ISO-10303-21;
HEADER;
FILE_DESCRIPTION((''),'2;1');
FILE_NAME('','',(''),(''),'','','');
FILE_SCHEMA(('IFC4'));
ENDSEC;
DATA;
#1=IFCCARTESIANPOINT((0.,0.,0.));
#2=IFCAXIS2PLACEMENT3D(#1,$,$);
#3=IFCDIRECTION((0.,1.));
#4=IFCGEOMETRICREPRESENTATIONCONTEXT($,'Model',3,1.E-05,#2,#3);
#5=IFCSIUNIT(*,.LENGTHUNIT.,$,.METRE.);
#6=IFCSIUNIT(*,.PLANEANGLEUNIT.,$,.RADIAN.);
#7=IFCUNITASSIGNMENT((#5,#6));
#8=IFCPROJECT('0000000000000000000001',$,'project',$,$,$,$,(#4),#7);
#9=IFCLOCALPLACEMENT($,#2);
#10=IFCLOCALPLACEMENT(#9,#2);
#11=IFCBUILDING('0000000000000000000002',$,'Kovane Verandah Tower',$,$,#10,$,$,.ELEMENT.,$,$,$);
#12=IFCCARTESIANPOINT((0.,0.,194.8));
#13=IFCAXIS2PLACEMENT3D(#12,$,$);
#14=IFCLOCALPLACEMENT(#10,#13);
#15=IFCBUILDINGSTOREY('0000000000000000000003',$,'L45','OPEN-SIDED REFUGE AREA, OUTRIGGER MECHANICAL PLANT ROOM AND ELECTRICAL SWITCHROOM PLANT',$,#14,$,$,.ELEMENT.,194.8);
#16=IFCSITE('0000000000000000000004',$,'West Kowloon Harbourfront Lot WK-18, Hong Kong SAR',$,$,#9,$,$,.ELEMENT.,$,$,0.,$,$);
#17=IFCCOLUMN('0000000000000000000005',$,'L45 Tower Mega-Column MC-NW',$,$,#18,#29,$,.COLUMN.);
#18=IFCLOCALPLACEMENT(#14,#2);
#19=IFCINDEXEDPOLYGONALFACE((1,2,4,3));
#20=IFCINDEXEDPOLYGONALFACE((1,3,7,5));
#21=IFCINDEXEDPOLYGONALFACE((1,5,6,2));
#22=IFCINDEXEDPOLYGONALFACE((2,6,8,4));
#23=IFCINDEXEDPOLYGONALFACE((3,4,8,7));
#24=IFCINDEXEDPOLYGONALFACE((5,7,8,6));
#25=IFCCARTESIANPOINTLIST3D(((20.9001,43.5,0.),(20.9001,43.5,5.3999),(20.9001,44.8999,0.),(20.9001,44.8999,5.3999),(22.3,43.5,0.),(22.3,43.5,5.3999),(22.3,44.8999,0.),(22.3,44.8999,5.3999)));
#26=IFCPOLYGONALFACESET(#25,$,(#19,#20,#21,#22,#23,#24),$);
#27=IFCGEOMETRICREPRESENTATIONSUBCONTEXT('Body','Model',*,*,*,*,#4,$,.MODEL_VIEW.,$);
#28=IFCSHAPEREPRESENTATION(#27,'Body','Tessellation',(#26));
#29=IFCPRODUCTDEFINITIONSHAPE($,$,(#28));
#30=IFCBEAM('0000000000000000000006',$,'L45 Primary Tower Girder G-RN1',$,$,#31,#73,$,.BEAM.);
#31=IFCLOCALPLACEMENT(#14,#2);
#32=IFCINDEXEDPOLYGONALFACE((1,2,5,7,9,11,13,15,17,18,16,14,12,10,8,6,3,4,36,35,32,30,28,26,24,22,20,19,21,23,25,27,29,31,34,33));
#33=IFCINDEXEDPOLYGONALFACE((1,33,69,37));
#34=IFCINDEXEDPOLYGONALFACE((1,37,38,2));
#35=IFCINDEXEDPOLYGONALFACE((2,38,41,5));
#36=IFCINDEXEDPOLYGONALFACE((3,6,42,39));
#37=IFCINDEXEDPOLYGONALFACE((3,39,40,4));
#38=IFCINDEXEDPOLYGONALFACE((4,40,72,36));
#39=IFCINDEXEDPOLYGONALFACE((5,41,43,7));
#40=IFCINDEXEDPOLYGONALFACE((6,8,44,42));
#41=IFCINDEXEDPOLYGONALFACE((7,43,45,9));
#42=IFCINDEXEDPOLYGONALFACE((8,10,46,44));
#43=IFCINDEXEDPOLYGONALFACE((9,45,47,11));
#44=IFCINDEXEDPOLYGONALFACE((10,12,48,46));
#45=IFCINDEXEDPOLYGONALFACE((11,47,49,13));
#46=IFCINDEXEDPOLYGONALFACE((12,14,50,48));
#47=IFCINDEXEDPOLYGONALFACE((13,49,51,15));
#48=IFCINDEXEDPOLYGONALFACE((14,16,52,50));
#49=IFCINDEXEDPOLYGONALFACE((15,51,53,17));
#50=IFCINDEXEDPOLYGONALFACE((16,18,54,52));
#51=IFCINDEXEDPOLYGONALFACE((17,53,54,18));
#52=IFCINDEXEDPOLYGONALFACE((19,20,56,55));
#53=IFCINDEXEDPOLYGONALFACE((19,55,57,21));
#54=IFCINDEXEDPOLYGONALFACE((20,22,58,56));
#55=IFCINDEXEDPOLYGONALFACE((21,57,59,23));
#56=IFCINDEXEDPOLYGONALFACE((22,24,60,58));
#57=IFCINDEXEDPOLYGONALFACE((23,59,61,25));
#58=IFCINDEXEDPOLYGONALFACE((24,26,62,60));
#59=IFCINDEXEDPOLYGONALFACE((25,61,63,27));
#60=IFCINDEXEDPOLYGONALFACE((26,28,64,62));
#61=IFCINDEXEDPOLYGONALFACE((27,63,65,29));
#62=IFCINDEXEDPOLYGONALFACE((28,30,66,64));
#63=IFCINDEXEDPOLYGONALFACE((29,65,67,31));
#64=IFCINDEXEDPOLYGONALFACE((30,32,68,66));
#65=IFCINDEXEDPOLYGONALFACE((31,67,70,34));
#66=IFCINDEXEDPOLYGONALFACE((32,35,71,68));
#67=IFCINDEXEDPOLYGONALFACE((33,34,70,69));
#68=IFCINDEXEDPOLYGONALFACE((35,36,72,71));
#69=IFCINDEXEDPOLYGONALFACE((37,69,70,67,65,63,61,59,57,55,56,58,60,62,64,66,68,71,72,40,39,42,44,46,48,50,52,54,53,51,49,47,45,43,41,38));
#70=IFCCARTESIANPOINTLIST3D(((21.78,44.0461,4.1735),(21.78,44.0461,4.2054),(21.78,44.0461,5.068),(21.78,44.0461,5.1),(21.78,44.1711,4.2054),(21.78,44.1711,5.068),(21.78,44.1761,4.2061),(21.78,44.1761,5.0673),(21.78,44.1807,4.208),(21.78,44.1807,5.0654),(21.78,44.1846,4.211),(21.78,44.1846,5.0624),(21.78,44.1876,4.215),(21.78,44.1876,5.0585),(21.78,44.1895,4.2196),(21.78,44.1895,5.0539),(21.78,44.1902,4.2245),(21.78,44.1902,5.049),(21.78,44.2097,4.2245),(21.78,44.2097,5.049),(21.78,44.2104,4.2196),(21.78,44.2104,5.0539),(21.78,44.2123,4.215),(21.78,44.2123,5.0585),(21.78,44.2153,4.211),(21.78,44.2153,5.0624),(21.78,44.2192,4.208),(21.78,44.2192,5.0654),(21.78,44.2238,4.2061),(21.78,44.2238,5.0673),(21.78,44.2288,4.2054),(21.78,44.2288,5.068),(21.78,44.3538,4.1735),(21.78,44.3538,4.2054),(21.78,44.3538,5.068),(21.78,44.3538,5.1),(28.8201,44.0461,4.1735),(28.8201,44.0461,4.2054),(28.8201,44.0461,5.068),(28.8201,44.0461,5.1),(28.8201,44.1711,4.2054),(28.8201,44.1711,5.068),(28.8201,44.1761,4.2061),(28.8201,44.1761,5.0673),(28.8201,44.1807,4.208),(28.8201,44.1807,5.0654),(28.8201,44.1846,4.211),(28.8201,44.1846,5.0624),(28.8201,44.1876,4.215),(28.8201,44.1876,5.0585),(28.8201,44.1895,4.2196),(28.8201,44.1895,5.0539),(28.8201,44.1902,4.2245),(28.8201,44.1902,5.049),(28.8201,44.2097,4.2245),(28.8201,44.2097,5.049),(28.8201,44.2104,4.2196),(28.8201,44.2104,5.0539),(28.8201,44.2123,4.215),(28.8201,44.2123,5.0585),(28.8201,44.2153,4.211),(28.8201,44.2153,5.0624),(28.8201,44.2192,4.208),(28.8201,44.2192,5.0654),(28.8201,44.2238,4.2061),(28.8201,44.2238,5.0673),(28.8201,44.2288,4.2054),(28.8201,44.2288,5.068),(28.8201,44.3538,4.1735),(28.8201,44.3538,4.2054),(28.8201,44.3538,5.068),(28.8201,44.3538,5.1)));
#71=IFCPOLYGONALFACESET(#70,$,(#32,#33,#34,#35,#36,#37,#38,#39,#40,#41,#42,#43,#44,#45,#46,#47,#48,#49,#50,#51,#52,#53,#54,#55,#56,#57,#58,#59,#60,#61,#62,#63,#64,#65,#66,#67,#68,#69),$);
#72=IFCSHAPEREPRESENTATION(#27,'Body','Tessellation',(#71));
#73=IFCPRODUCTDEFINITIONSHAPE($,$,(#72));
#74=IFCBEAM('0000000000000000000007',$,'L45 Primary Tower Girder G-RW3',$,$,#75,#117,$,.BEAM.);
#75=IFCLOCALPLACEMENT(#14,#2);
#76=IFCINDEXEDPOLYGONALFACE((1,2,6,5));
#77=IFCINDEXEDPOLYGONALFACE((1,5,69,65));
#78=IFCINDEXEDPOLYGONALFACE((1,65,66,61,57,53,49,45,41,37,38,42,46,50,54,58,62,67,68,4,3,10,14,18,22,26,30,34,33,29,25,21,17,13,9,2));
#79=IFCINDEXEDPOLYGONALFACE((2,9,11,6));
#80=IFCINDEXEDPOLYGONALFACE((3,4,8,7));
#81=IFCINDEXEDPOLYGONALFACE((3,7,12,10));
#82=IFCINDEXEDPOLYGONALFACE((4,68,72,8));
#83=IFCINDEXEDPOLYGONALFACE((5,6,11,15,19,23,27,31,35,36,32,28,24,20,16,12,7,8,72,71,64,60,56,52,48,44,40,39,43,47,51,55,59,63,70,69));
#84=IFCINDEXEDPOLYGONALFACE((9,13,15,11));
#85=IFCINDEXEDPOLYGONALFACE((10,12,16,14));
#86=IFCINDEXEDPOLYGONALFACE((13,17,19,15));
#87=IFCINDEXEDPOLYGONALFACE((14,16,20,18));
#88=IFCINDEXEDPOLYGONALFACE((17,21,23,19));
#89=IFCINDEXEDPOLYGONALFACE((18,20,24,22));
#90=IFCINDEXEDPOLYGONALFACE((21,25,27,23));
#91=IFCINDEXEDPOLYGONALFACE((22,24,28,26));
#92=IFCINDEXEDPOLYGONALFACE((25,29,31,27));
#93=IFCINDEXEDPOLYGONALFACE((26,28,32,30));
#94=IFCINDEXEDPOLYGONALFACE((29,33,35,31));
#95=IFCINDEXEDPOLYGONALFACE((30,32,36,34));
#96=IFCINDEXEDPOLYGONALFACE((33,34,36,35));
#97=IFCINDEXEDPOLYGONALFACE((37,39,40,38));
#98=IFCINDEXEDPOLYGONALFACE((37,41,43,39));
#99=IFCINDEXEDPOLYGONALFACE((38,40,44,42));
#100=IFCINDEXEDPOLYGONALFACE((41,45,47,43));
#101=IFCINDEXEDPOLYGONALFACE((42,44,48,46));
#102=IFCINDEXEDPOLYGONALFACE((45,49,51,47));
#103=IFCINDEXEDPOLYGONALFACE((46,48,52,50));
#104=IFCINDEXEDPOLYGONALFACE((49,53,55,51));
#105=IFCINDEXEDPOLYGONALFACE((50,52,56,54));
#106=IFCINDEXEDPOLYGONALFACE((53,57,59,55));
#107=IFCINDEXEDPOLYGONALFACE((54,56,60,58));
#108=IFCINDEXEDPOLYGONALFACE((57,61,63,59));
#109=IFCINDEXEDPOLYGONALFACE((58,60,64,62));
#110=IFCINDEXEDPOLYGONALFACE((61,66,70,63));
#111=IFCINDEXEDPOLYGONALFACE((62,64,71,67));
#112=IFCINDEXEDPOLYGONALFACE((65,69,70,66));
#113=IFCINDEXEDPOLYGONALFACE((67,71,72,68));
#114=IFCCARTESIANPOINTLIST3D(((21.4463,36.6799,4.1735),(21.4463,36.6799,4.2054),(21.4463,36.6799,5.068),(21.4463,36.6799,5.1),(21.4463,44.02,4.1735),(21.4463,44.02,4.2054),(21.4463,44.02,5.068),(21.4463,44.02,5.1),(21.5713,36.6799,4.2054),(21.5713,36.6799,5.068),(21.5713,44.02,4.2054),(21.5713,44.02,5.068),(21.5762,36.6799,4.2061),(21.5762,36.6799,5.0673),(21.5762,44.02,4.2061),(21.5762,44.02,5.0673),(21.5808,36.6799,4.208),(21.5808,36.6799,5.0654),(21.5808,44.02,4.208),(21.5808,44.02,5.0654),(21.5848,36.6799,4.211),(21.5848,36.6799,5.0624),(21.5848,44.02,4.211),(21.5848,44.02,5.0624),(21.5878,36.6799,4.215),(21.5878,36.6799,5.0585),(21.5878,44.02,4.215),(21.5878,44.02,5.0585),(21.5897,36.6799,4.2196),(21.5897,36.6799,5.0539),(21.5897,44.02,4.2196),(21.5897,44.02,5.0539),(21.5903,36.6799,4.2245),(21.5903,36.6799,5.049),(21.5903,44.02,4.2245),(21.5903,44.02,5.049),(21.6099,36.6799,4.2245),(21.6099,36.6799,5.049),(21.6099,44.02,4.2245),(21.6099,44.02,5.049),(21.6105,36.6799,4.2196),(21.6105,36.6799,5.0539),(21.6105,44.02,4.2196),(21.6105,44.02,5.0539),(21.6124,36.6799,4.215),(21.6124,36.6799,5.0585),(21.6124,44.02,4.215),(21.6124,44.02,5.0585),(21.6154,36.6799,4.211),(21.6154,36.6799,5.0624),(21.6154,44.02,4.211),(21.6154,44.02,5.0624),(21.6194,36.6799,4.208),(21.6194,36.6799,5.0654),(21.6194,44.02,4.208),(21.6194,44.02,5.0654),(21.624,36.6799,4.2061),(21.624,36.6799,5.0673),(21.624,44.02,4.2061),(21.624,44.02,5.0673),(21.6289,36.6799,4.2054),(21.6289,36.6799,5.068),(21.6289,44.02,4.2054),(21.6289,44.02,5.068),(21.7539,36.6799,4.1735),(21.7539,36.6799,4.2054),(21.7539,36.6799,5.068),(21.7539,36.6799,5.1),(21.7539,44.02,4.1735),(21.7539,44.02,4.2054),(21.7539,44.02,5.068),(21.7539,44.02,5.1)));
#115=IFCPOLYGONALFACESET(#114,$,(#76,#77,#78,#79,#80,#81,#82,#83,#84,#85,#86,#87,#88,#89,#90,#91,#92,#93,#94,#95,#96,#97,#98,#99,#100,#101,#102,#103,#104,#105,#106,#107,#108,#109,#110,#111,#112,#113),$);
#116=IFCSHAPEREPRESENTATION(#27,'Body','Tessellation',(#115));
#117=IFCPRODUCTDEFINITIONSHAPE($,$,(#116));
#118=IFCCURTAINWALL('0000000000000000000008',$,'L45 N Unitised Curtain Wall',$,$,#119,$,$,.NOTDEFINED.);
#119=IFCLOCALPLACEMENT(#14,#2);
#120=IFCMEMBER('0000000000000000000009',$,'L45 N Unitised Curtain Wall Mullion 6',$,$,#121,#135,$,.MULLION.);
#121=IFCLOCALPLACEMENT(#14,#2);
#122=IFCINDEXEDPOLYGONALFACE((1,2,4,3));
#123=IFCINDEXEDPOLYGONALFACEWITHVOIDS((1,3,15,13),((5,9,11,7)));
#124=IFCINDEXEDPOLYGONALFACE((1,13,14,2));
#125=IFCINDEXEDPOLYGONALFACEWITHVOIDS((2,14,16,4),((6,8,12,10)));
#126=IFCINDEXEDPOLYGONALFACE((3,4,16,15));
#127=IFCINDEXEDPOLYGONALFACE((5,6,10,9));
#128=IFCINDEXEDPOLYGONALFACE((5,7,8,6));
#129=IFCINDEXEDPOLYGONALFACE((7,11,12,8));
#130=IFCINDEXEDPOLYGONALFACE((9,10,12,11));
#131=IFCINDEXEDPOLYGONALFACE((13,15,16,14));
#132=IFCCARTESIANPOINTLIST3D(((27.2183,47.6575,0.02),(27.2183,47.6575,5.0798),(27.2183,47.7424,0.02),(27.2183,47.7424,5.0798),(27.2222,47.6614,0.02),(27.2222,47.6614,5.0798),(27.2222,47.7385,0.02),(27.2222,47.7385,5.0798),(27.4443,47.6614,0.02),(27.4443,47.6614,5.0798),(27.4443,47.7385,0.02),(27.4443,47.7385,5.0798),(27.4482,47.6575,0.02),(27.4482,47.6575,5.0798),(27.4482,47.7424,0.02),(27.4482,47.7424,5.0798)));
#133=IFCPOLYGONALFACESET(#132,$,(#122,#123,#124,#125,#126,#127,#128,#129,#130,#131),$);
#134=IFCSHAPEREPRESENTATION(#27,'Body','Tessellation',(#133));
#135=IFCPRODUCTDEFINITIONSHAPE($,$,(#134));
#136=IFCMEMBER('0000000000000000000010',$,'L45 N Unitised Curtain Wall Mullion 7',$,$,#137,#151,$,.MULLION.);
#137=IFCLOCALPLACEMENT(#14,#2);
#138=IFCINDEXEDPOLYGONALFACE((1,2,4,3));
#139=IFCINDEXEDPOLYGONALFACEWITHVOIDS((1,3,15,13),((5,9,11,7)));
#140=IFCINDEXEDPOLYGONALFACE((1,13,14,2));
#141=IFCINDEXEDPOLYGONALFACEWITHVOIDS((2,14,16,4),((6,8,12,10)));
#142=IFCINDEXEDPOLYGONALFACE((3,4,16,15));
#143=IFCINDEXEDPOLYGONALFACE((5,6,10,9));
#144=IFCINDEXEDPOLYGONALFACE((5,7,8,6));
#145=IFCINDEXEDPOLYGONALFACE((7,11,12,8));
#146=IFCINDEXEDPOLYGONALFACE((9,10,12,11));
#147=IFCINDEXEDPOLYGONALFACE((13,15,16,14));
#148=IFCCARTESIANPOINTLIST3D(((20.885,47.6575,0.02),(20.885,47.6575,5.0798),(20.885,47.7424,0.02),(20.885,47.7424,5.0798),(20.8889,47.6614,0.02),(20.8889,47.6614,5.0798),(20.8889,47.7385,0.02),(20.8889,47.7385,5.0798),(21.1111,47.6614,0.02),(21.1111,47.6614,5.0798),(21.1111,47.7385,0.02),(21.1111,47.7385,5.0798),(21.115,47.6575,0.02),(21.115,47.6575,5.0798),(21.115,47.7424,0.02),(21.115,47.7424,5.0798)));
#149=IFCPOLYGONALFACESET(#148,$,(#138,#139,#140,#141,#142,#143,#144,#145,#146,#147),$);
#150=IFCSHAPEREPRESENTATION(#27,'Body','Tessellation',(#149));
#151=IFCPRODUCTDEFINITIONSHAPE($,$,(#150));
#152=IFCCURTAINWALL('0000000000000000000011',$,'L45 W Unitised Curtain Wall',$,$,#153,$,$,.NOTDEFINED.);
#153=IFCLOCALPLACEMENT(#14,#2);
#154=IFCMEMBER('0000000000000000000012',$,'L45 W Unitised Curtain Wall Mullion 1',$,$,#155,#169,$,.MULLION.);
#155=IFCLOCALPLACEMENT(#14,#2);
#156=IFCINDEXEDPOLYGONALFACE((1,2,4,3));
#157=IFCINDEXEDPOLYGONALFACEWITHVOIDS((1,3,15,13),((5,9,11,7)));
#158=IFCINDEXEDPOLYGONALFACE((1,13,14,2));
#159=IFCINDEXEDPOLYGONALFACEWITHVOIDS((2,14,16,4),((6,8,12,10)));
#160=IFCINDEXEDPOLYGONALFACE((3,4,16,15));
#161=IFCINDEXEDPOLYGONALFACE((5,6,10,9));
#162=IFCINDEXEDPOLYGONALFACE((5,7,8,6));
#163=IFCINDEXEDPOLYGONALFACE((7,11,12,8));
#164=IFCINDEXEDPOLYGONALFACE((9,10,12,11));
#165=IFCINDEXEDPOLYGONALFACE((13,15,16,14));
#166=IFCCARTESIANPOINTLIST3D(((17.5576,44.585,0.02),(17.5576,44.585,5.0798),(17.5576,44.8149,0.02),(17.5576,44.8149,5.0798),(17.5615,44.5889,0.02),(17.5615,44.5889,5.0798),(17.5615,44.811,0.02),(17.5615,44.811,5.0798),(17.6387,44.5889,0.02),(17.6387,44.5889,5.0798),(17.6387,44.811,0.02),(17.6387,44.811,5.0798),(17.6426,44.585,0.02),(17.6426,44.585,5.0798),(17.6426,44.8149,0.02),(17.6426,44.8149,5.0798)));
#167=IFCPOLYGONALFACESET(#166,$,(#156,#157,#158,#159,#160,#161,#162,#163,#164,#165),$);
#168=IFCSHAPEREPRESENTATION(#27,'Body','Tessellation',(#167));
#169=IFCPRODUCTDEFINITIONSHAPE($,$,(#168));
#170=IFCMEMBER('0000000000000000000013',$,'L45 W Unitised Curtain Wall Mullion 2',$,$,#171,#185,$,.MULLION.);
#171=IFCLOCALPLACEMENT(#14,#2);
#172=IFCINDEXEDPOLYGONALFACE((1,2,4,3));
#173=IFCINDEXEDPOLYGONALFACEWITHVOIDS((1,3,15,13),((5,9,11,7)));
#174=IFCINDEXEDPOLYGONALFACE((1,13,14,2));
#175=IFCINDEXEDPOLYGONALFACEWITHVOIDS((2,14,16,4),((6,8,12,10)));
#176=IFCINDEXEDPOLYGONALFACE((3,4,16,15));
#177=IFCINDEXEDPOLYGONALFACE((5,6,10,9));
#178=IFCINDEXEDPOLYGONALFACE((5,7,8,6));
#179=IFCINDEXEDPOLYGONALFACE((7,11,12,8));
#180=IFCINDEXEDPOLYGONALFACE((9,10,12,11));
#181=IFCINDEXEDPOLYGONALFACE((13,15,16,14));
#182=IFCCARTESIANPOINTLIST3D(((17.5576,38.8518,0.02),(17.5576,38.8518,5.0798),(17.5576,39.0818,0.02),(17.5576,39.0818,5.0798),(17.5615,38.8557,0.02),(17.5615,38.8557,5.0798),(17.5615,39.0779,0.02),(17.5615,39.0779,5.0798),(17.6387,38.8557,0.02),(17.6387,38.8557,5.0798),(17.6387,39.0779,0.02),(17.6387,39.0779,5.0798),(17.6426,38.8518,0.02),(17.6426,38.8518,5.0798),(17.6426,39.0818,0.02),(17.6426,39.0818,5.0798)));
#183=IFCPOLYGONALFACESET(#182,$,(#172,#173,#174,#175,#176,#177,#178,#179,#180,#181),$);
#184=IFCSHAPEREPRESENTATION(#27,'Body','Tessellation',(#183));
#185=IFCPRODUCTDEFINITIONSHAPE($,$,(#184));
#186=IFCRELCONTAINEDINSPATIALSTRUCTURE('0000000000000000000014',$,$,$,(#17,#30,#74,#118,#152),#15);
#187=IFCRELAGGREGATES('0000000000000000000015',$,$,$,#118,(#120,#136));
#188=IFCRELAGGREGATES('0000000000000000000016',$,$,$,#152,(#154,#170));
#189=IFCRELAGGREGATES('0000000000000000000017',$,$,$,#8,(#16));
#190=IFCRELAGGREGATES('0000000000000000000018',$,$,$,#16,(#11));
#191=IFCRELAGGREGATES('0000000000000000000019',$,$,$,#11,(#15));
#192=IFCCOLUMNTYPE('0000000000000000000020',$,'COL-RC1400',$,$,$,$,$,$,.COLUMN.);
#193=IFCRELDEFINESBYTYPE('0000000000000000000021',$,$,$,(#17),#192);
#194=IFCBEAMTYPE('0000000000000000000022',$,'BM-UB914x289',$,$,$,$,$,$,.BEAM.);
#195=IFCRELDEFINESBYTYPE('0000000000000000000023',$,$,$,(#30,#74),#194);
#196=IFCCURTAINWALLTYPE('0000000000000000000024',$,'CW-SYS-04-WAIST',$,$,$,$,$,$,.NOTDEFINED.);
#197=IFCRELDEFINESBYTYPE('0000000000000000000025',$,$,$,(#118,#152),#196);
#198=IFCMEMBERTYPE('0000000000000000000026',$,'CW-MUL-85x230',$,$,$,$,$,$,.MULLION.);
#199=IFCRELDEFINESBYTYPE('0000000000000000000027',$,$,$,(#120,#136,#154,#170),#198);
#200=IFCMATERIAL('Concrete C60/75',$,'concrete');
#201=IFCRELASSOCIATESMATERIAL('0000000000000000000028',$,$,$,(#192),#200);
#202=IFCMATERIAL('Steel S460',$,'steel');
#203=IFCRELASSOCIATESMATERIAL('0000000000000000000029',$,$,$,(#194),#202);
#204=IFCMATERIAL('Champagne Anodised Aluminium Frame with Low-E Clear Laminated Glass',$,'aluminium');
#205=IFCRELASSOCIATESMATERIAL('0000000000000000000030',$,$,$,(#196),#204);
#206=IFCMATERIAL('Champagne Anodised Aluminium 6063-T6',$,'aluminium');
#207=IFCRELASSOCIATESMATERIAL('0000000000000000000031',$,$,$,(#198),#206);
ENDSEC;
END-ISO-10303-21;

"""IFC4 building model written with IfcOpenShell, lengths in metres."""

from ifc_helpers import new_model, si_unit, direction, frame, origin, origin_2d, place, context, subcontext, project, spatial, rectangle, hollow_rectangle, i_section, extrude, material, material_profile, profile_set, type_object, element, aggregate, save


model = new_model("IFC4")

# Units and contexts
model_context = context("Model", 3, precision=1e-05, world=origin(), true_north=direction((0.0, 1.0)))
body_context = subcontext(model_context, "Body", "Model", "MODEL_VIEW")
ifc_project = project(units=[si_unit("LENGTHUNIT", "METRE"), si_unit("PLANEANGLEUNIT", "RADIAN")], contexts=[model_context])

# Site, building, storey
site_placement = place(None, origin())
site = spatial("IfcSite", under=ifc_project, at=site_placement, Name="West Kowloon Harbourfront Lot WK-18, Hong Kong SAR", CompositionType="ELEMENT", RefElevation=0.0)
building_placement = place(site_placement, origin())
building = spatial("IfcBuilding", under=site, at=building_placement, Name="Kovane Verandah Tower", CompositionType="ELEMENT")
storey_placement = place(building_placement, frame((0.0, 0.0, 194.8)))
storey = spatial("IfcBuildingStorey", under=building, at=storey_placement, Name="L45", Description="OPEN-SIDED REFUGE AREA, OUTRIGGER MECHANICAL PLANT ROOM AND ELECTRICAL SWITCHROOM PLANT", CompositionType="ELEMENT", Elevation=194.8)

# Column
ifc_material_1 = material(Name="Concrete C60/75", Category="concrete")
ifc_material_profile_1 = material_profile(ifc_material_1, rectangle(XDim=1.3999, YDim=1.3999, at=origin_2d()), Name="RC1400x1400")
ifc_profile_set_1 = profile_set([ifc_material_profile_1], Name="Concrete C60/75")
column_type = type_object("IfcColumnType", Name="COL-RC1400", PredefinedType="COLUMN", material=ifc_profile_set_1)
column_placement = place(storey_placement, frame((21.6001, 44.2, 0.0), z_axis=(0.0, 0.0, 1.0), x_axis=(1.0, 0.0, 0.0)))
element("IfcColumn", 1, at=column_placement, inside=storey, type_object=column_type, Name="L45 Tower Mega-Column MC-NW", PredefinedType="COLUMN", context=body_context, shape_type="SweptSolid", body=[
    extrude(rectangle(XDim=1.3999, YDim=1.3999, at=origin_2d()), origin(), (0.0, 0.0, 1.0), 5.3999),
])

# Beams
ifc_material_2 = material(Name="Steel S460", Category="steel")
ifc_material_profile_2 = material_profile(ifc_material_2, i_section(OverallWidth=0.3076, OverallDepth=0.9265, WebThickness=0.0195, FlangeThickness=0.032, FilletRadius=0.019, at=origin_2d()), Name="UB914x305x289")
ifc_profile_set_2 = profile_set([ifc_material_profile_2], Name="Steel S460")
beam_type = type_object("IfcBeamType", Name="BM-UB914x289", PredefinedType="BEAM", material=ifc_profile_set_2)
beam_1_placement = place(storey_placement, frame((21.78, 44.2, 4.6367), z_axis=(1.0, 0.0, 0.0), x_axis=(0.0, 1.0, 0.0)))
element("IfcBeam", 2, at=beam_1_placement, inside=storey, type_object=beam_type, Name="L45 Primary Tower Girder G-RN1", PredefinedType="BEAM", context=body_context, shape_type="SweptSolid", body=[
    extrude(i_section(OverallWidth=0.3076, OverallDepth=0.9265, WebThickness=0.0195, FlangeThickness=0.032, FilletRadius=0.019, at=origin_2d()), origin(), (0.0, 0.0, 1.0), 7.04),
])
beam_2_placement = place(storey_placement, frame((21.6001, 36.6799, 4.6367), z_axis=(0.0, 1.0, 0.0), x_axis=(-1.0, 0.0, 0.0)))
element("IfcBeam", 3, at=beam_2_placement, inside=storey, type_object=beam_type, Name="L45 Primary Tower Girder G-RW3", PredefinedType="BEAM", context=body_context, shape_type="SweptSolid", body=[
    extrude(i_section(OverallWidth=0.3076, OverallDepth=0.9265, WebThickness=0.0195, FlangeThickness=0.032, FilletRadius=0.019, at=origin_2d()), origin(), (0.0, 0.0, 1.0), 7.3401),
])

# Curtain walls, members
ifc_material_3 = material(Name="Champagne Anodised Aluminium Frame with Low-E Clear Laminated Glass", Category="aluminium")
curtain_wall_type = type_object("IfcCurtainWallType", Name="CW-SYS-04-WAIST", PredefinedType="NOTDEFINED", material=ifc_material_3)
curtain_wall_1_placement = place(storey_placement, origin())
curtain_wall_1 = element("IfcCurtainWall", 4, at=curtain_wall_1_placement, inside=storey, type_object=curtain_wall_type, Name="L45 N Unitised Curtain Wall", PredefinedType="NOTDEFINED")
ifc_material_4 = material(Name="Champagne Anodised Aluminium 6063-T6", Category="aluminium")
ifc_material_profile_3 = material_profile(ifc_material_4, hollow_rectangle(XDim=0.085, YDim=0.23, WallThickness=0.0039, at=origin_2d()), Name="AL85x230x4")
ifc_profile_set_3 = profile_set([ifc_material_profile_3], Name="Champagne Anodised Aluminium 6063-T6")
member_type_1 = type_object("IfcMemberType", Name="CW-MUL-85x230", PredefinedType="MULLION", material=ifc_profile_set_3)
member_1_placement = place(storey_placement, frame((27.3333, 47.7, 0.02), z_axis=(0.0, 0.0, 1.0), x_axis=(0.0, 1.0, 0.0)))
member_1 = element("IfcMember", 5, at=member_1_placement, type_object=member_type_1, Name="L45 N Unitised Curtain Wall Mullion 6", PredefinedType="MULLION", context=body_context, shape_type="SweptSolid", body=[
    extrude(hollow_rectangle(XDim=0.085, YDim=0.23, WallThickness=0.0039, at=origin_2d()), origin(), (0.0, 0.0, 1.0), 5.0598),
])
member_2_placement = place(storey_placement, frame((21.0, 47.7, 0.02), z_axis=(0.0, 0.0, 1.0), x_axis=(0.0, 1.0, 0.0)))
member_2 = element("IfcMember", 6, at=member_2_placement, type_object=member_type_1, Name="L45 N Unitised Curtain Wall Mullion 7", PredefinedType="MULLION", context=body_context, shape_type="SweptSolid", body=[
    extrude(hollow_rectangle(XDim=0.085, YDim=0.23, WallThickness=0.0039, at=origin_2d()), origin(), (0.0, 0.0, 1.0), 5.0598),
])
curtain_wall_2_placement = place(storey_placement, origin())
curtain_wall_2 = element("IfcCurtainWall", 7, at=curtain_wall_2_placement, inside=storey, type_object=curtain_wall_type, Name="L45 W Unitised Curtain Wall", PredefinedType="NOTDEFINED")
member_3_placement = place(storey_placement, frame((17.6001, 44.7, 0.02), z_axis=(0.0, 0.0, 1.0), x_axis=(-1.0, 0.0, 0.0)))
member_3 = element("IfcMember", 8, at=member_3_placement, type_object=member_type_1, Name="L45 W Unitised Curtain Wall Mullion 1", PredefinedType="MULLION", context=body_context, shape_type="SweptSolid", body=[
    extrude(hollow_rectangle(XDim=0.085, YDim=0.23, WallThickness=0.0039, at=origin_2d()), origin(), (0.0, 0.0, 1.0), 5.0598),
])
member_4_placement = place(storey_placement, frame((17.6001, 38.9668, 0.02), z_axis=(0.0, 0.0, 1.0), x_axis=(-1.0, 0.0, 0.0)))
member_4 = element("IfcMember", 9, at=member_4_placement, type_object=member_type_1, Name="L45 W Unitised Curtain Wall Mullion 2", PredefinedType="MULLION", context=body_context, shape_type="SweptSolid", body=[
    extrude(hollow_rectangle(XDim=0.085, YDim=0.23, WallThickness=0.0039, at=origin_2d()), origin(), (0.0, 0.0, 1.0), 5.0598),
])

aggregate(curtain_wall_1, [member_1, member_2])
aggregate(curtain_wall_2, [member_3, member_4])

save(model, "model.ifc")
